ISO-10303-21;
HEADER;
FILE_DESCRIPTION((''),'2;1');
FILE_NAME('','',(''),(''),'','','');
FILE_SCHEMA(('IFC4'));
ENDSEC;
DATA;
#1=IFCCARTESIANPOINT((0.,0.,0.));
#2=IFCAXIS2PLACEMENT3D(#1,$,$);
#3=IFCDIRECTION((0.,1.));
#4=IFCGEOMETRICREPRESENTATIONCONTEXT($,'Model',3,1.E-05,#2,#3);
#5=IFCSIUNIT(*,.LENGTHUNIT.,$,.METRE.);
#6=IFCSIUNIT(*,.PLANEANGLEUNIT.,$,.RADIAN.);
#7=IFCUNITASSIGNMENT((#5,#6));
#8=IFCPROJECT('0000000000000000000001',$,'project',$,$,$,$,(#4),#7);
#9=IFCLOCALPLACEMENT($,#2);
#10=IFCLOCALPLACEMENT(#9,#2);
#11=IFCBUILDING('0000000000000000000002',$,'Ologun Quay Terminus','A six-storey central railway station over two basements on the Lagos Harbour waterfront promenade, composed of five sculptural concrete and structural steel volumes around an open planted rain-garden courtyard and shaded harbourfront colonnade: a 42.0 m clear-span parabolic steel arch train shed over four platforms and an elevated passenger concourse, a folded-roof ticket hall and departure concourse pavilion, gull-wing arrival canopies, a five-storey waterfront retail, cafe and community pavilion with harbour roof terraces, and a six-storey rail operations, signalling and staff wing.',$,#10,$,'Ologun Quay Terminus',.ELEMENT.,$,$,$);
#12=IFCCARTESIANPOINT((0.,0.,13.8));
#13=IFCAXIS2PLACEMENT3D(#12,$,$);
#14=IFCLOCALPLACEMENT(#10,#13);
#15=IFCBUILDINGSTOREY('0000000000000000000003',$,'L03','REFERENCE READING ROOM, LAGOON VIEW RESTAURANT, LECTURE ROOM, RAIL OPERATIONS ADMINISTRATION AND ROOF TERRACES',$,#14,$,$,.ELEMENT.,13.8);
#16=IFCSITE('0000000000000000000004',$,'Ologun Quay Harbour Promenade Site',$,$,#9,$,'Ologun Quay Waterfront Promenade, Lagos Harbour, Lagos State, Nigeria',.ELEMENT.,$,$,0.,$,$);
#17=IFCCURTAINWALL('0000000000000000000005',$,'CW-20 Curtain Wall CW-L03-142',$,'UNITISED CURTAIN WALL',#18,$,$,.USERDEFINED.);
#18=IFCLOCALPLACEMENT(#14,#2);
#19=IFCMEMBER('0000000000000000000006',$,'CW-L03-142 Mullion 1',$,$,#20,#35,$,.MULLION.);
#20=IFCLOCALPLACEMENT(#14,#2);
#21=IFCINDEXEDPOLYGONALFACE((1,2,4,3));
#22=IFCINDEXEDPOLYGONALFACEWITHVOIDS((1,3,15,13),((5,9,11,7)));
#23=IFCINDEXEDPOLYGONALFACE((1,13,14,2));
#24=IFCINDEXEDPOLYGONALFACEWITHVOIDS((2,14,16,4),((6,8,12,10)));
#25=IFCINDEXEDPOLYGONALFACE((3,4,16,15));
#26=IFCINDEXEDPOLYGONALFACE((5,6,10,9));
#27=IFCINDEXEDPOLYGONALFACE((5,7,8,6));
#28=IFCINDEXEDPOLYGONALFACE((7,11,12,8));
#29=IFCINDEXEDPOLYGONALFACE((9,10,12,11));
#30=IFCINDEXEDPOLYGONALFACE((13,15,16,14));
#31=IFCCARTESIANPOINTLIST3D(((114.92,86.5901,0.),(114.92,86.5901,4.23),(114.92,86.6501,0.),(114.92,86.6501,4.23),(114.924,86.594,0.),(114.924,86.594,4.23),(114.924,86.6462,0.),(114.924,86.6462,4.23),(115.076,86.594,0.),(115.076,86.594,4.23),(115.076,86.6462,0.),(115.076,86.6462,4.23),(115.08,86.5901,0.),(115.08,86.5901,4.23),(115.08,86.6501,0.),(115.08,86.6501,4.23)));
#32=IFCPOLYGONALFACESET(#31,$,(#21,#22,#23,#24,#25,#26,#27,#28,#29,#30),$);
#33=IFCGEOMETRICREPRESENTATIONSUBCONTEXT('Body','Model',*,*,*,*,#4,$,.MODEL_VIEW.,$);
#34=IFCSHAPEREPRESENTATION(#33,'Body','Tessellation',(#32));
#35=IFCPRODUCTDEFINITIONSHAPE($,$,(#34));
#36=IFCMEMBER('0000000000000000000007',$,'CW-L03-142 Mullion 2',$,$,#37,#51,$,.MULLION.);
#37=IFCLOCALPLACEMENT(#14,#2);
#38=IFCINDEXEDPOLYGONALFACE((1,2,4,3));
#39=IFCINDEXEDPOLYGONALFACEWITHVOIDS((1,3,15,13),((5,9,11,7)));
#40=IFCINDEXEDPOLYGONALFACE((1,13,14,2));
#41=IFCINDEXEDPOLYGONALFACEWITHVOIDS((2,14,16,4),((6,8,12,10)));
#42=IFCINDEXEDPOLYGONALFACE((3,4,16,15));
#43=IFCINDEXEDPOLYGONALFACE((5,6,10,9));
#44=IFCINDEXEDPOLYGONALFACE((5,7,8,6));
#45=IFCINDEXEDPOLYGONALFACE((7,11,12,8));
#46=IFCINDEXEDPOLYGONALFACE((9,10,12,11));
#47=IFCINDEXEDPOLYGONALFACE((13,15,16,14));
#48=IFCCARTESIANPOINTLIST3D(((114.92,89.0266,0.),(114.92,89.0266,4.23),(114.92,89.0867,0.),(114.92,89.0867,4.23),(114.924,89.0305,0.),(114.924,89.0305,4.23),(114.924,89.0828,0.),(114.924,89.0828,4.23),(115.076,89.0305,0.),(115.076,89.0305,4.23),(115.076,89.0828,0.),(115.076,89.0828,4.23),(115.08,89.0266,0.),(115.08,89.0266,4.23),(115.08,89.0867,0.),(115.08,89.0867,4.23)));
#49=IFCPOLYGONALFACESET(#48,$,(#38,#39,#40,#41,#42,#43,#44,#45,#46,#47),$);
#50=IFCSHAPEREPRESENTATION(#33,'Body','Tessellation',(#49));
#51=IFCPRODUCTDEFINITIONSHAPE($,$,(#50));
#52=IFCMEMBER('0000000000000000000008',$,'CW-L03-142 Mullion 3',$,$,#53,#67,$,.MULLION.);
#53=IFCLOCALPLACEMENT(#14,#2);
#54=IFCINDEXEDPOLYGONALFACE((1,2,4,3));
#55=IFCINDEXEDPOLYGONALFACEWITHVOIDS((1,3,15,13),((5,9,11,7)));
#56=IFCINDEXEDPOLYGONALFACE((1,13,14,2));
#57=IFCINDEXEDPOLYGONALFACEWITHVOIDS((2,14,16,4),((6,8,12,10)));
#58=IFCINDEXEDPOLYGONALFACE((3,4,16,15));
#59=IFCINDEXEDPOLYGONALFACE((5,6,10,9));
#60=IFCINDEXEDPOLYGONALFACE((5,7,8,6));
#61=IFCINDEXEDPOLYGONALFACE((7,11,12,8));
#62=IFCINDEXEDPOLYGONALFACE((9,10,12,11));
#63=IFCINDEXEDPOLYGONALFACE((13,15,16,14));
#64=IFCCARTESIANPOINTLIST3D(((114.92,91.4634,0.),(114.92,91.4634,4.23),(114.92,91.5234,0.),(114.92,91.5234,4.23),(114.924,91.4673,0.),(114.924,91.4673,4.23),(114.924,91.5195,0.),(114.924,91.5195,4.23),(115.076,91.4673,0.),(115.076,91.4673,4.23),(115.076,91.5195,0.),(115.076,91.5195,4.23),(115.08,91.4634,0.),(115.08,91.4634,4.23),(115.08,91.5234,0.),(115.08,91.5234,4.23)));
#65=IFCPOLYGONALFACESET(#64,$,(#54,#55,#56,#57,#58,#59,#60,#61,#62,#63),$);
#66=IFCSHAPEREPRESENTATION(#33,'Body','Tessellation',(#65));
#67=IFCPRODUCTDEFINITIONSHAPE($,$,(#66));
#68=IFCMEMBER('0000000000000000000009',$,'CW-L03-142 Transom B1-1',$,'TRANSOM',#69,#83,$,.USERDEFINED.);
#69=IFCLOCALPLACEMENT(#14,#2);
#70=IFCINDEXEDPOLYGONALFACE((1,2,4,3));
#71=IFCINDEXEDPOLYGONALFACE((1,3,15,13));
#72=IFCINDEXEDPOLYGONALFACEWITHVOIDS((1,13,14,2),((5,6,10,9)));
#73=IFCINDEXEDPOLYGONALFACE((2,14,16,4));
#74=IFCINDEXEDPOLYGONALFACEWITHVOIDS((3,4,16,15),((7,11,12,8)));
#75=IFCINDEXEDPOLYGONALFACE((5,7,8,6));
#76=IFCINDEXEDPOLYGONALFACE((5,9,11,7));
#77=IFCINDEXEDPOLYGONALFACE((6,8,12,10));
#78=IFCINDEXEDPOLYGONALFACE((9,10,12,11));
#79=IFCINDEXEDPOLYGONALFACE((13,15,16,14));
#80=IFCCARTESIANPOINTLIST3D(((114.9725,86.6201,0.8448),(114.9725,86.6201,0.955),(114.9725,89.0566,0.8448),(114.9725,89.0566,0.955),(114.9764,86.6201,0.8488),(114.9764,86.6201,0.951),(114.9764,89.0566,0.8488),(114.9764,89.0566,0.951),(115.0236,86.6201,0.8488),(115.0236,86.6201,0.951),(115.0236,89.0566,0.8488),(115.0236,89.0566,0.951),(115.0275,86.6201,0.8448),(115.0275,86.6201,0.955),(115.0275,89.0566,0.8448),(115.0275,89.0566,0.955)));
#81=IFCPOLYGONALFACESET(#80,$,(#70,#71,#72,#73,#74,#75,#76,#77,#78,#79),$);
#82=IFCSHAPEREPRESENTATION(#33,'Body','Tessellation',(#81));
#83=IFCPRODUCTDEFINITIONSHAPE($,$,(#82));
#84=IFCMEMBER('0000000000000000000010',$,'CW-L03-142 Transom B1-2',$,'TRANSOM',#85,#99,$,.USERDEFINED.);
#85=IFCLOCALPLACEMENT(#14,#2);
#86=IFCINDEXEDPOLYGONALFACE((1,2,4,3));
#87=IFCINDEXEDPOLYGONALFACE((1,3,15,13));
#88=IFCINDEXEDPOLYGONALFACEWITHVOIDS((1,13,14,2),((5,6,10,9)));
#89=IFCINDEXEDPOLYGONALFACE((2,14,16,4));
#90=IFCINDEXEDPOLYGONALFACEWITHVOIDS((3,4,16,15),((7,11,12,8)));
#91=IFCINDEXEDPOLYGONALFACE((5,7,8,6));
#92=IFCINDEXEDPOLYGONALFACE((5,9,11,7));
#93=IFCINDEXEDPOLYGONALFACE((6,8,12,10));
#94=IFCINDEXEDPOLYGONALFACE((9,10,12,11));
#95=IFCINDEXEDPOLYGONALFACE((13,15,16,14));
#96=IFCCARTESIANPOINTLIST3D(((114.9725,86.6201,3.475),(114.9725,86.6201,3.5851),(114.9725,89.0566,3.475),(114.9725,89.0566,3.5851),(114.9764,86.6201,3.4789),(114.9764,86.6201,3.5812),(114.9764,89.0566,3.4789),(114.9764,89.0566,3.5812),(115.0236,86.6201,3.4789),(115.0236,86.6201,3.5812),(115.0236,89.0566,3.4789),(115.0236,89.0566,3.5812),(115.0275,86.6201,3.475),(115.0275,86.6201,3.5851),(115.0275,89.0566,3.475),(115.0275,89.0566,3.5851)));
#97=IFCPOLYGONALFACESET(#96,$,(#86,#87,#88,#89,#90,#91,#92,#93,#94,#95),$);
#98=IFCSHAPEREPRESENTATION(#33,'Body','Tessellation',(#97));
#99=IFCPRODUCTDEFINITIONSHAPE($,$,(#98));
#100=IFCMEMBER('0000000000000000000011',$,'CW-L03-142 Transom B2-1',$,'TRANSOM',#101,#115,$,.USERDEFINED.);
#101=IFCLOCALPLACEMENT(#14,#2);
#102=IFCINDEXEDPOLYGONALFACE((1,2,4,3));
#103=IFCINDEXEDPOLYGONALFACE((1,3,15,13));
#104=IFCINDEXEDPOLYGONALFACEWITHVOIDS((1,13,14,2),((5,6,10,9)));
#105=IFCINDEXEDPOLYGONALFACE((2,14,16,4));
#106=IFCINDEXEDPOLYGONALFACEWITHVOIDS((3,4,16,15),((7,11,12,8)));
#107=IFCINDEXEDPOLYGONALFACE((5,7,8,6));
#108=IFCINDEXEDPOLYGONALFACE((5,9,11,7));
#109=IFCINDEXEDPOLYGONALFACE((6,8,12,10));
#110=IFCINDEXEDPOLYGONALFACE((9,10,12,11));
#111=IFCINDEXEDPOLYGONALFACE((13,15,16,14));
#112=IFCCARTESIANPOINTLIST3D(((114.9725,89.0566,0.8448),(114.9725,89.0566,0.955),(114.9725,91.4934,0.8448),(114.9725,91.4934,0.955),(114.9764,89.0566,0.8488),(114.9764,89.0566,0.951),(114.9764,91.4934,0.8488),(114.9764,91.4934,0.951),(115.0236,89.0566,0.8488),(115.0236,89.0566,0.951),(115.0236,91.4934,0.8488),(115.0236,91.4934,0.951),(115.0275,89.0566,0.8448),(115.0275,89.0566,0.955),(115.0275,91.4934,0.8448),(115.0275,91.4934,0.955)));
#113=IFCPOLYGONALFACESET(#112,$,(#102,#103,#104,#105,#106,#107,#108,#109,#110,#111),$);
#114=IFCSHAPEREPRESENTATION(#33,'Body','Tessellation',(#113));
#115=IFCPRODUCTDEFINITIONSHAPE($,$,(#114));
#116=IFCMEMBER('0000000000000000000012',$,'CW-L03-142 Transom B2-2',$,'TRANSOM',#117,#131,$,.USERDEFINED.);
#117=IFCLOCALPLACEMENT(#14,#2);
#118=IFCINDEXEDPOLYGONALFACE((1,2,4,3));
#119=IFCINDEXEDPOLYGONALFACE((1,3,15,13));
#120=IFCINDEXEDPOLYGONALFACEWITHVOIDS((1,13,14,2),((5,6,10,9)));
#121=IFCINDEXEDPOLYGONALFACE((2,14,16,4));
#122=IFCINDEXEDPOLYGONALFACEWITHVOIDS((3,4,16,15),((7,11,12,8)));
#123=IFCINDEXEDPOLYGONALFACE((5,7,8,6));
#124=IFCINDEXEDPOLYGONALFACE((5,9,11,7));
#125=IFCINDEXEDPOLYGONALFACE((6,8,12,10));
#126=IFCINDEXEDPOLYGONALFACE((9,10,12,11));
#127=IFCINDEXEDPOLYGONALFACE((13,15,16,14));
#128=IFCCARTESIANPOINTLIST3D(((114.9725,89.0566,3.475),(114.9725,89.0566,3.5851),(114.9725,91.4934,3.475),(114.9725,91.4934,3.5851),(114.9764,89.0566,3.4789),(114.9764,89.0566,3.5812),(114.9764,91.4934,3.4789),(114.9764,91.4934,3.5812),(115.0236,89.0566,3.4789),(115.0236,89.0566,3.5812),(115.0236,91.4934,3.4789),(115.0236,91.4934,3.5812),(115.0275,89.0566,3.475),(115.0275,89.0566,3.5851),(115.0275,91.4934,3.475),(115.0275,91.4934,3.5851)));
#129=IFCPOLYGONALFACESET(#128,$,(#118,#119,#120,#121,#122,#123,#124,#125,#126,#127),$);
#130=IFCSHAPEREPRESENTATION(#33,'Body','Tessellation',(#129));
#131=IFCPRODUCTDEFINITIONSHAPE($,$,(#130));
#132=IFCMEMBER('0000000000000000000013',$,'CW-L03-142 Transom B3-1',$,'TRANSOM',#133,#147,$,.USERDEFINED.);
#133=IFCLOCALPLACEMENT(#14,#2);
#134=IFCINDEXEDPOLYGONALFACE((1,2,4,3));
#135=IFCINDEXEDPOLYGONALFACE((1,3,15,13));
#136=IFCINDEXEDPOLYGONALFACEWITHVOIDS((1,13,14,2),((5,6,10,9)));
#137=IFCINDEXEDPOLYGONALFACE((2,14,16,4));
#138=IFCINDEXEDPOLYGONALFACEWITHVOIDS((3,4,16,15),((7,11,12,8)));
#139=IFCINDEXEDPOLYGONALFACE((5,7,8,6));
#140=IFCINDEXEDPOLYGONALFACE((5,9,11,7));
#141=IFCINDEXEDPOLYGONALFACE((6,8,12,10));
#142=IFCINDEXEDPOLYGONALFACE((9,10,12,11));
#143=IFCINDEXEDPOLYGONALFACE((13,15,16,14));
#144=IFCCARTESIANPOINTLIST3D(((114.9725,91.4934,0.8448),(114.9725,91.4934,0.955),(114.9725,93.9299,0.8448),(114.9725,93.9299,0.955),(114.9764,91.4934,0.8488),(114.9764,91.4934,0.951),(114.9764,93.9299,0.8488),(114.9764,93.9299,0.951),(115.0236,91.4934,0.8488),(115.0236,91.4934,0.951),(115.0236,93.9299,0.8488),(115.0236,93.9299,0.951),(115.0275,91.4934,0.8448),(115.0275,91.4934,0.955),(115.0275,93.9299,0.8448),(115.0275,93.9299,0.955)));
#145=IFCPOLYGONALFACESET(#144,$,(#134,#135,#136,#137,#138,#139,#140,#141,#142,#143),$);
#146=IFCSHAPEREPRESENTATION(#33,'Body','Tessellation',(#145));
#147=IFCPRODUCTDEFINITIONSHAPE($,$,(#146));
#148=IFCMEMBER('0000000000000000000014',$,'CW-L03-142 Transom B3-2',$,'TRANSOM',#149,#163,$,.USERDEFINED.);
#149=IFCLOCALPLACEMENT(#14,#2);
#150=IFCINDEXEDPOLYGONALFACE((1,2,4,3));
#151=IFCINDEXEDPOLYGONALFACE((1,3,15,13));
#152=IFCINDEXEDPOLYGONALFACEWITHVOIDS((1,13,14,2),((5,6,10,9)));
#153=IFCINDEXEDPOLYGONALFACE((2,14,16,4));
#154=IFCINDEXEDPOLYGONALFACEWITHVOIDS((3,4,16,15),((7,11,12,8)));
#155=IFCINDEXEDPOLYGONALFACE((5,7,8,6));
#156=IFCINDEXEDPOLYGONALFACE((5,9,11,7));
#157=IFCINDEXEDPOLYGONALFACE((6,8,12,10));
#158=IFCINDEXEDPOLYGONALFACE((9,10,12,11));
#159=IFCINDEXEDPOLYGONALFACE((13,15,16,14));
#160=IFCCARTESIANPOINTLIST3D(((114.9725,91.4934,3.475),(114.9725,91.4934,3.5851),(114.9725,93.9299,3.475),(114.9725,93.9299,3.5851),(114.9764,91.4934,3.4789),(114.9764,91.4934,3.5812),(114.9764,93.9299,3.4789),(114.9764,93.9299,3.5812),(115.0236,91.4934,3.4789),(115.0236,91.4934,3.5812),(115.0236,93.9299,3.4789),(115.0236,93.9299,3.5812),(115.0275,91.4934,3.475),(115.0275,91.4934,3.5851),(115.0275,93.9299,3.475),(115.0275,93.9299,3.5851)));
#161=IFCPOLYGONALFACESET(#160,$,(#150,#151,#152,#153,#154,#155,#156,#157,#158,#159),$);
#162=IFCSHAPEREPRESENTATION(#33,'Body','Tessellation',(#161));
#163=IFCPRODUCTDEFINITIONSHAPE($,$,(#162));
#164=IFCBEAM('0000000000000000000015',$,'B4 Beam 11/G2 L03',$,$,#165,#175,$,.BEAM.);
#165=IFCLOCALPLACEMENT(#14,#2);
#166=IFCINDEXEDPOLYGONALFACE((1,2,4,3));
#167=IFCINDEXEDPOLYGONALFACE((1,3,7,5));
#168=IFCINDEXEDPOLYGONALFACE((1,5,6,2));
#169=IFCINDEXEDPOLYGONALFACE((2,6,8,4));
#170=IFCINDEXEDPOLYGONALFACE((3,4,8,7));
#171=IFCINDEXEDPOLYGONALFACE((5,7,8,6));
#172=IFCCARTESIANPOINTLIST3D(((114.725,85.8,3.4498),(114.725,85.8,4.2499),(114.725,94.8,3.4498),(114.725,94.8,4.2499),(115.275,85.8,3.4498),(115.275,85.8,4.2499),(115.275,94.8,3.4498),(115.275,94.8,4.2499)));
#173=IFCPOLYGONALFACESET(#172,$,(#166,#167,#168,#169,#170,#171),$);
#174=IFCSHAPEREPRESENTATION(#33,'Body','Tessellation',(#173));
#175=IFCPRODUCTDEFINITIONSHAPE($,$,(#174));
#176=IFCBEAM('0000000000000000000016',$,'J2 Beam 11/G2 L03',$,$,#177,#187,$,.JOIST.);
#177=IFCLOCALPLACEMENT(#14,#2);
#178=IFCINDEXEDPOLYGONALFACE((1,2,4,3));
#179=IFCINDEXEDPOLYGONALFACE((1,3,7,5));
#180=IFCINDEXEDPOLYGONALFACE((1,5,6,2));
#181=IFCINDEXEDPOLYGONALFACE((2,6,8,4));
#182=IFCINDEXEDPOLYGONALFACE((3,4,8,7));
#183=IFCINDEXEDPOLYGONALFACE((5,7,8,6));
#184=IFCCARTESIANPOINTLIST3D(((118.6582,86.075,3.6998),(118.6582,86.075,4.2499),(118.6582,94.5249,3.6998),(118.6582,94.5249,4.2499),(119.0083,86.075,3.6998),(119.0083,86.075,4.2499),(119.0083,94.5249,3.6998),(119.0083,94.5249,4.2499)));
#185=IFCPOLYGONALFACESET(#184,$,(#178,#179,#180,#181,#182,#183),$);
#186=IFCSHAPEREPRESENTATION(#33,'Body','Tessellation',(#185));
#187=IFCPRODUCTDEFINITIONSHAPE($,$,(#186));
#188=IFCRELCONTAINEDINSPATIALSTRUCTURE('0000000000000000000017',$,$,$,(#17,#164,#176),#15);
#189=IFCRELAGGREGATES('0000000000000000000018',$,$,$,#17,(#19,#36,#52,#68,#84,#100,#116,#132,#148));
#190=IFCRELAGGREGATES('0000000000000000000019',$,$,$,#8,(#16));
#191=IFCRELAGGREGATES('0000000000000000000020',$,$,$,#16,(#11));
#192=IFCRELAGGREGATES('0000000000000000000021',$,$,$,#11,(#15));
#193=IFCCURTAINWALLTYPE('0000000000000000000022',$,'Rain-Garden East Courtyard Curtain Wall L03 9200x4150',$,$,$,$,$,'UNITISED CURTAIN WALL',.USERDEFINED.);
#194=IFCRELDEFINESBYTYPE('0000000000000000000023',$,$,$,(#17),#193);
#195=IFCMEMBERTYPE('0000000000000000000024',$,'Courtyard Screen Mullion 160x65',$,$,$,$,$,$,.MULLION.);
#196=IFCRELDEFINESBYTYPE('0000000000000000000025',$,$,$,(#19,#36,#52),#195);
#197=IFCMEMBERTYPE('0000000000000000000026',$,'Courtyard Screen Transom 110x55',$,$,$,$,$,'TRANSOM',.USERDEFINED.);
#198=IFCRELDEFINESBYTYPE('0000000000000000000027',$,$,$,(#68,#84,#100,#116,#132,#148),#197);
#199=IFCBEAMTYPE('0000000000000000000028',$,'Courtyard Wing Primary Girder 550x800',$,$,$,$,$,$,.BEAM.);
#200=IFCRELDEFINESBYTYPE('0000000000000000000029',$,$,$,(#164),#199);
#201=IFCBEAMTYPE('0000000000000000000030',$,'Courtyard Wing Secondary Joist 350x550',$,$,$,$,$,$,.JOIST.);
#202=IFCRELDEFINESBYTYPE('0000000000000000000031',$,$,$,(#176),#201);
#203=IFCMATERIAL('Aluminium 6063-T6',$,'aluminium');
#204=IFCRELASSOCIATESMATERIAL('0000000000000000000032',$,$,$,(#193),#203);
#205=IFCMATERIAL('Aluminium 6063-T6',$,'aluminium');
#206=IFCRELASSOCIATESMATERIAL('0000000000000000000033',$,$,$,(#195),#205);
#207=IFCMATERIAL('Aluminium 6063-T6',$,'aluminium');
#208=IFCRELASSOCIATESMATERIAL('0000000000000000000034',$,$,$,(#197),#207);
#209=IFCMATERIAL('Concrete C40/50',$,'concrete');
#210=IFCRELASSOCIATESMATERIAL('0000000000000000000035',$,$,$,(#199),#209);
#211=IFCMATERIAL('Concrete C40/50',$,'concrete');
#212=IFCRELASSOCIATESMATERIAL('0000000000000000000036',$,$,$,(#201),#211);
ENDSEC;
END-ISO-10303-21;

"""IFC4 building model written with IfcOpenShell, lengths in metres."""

from ifc_helpers import new_model, si_unit, direction, frame, origin, origin_2d, place, context, subcontext, project, spatial, rectangle, hollow_rectangle, extrude, material, material_profile, profile_set, type_object, element, aggregate, save


model = new_model("IFC4")

# Units and contexts
model_context = context("Model", 3, precision=1e-05, world=origin(), true_north=direction((0.0, 1.0)))
body_context = subcontext(model_context, "Body", "Model", "MODEL_VIEW")
ifc_project = project(units=[si_unit("LENGTHUNIT", "METRE"), si_unit("PLANEANGLEUNIT", "RADIAN")], contexts=[model_context])

# Site, building, storey
site_placement = place(None, origin())
site = spatial("IfcSite", under=ifc_project, at=site_placement, Name="Ologun Quay Harbour Promenade Site", LongName="Ologun Quay Waterfront Promenade, Lagos Harbour, Lagos State, Nigeria", CompositionType="ELEMENT", RefElevation=0.0)
building_placement = place(site_placement, origin())
building = spatial("IfcBuilding", under=site, at=building_placement, Name="Ologun Quay Terminus", Description="A six-storey central railway station over two basements on the Lagos Harbour waterfront promenade, composed of five sculptural concrete and structural steel volumes around an open planted rain-garden courtyard and shaded harbourfront colonnade: a 42.0 m clear-span parabolic steel arch train shed over four platforms and an elevated passenger concourse, a folded-roof ticket hall and departure concourse pavilion, gull-wing arrival canopies, a five-storey waterfront retail, cafe and community pavilion with harbour roof terraces, and a six-storey rail operations, signalling and staff wing.", LongName="Ologun Quay Terminus", CompositionType="ELEMENT")
storey_placement = place(building_placement, frame((0.0, 0.0, 13.8)))
storey = spatial("IfcBuildingStorey", under=building, at=storey_placement, Name="L03", Description="REFERENCE READING ROOM, LAGOON VIEW RESTAURANT, LECTURE ROOM, RAIL OPERATIONS ADMINISTRATION AND ROOF TERRACES", CompositionType="ELEMENT", Elevation=13.8)

# Curtain wall, members
ifc_material_1 = material(Name="Aluminium 6063-T6", Category="aluminium")
curtain_wall_type = type_object("IfcCurtainWallType", Name="Rain-Garden East Courtyard Curtain Wall L03 9200x4150", ElementType="UNITISED CURTAIN WALL", PredefinedType="USERDEFINED", material=ifc_material_1)
curtain_wall_placement = place(storey_placement, origin())
curtain_wall = element("IfcCurtainWall", 1, at=curtain_wall_placement, inside=storey, type_object=curtain_wall_type, Name="CW-20 Curtain Wall CW-L03-142", ObjectType="UNITISED CURTAIN WALL", PredefinedType="USERDEFINED")
ifc_material_2 = material(Name="Aluminium 6063-T6", Category="aluminium")
ifc_material_profile_1 = material_profile(ifc_material_2, hollow_rectangle(XDim=0.0601, YDim=0.1599, WallThickness=0.0039, at=origin_2d()), Name="ALU 160x60x4")
ifc_profile_set_1 = profile_set([ifc_material_profile_1], Name="Aluminium 6063-T6")
member_type_1 = type_object("IfcMemberType", Name="Courtyard Screen Mullion 160x65", PredefinedType="MULLION", material=ifc_profile_set_1)
member_1_placement = place(storey_placement, frame((115.0, 86.6201, 0.0), z_axis=(0.0, 0.0, 1.0), x_axis=(0.0, 1.0, 0.0)))
member_1 = element("IfcMember", 2, at=member_1_placement, type_object=member_type_1, Name="CW-L03-142 Mullion 1", PredefinedType="MULLION", context=body_context, shape_type="SweptSolid", body=[
    extrude(hollow_rectangle(XDim=0.0601, YDim=0.1599, WallThickness=0.0039, at=origin_2d()), origin(), (0.0, 0.0, 1.0), 4.23),
])
member_2_placement = place(storey_placement, frame((115.0, 89.0566, 0.0), z_axis=(0.0, 0.0, 1.0), x_axis=(0.0, 1.0, 0.0)))
member_2 = element("IfcMember", 3, at=member_2_placement, type_object=member_type_1, Name="CW-L03-142 Mullion 2", PredefinedType="MULLION", context=body_context, shape_type="SweptSolid", body=[
    extrude(hollow_rectangle(XDim=0.0601, YDim=0.1599, WallThickness=0.0039, at=origin_2d()), origin(), (0.0, 0.0, 1.0), 4.23),
])
member_3_placement = place(storey_placement, frame((115.0, 91.4934, 0.0), z_axis=(0.0, 0.0, 1.0), x_axis=(0.0, 1.0, 0.0)))
member_3 = element("IfcMember", 4, at=member_3_placement, type_object=member_type_1, Name="CW-L03-142 Mullion 3", PredefinedType="MULLION", context=body_context, shape_type="SweptSolid", body=[
    extrude(hollow_rectangle(XDim=0.0601, YDim=0.1599, WallThickness=0.0039, at=origin_2d()), origin(), (0.0, 0.0, 1.0), 4.23),
])
ifc_material_3 = material(Name="Aluminium 6063-T6", Category="aluminium")
ifc_material_profile_2 = material_profile(ifc_material_3, hollow_rectangle(XDim=0.0549, YDim=0.1101, WallThickness=0.0039, at=origin_2d()), Name="ALU 110x55x4")
ifc_profile_set_2 = profile_set([ifc_material_profile_2], Name="Aluminium 6063-T6")
member_type_2 = type_object("IfcMemberType", Name="Courtyard Screen Transom 110x55", ElementType="TRANSOM", PredefinedType="USERDEFINED", material=ifc_profile_set_2)
member_4_placement = place(storey_placement, frame((115.0, 86.6201, 0.8999), z_axis=(0.0, 1.0, 0.0), x_axis=(-1.0, 0.0, 0.0)))
member_4 = element("IfcMember", 5, at=member_4_placement, type_object=member_type_2, Name="CW-L03-142 Transom B1-1", ObjectType="TRANSOM", PredefinedType="USERDEFINED", context=body_context, shape_type="SweptSolid", body=[
    extrude(hollow_rectangle(XDim=0.0549, YDim=0.1101, WallThickness=0.0039, at=origin_2d()), origin(), (0.0, 0.0, 1.0), 2.4365),
])
member_5_placement = place(storey_placement, frame((115.0, 86.6201, 3.53), z_axis=(0.0, 1.0, 0.0), x_axis=(-1.0, 0.0, 0.0)))
member_5 = element("IfcMember", 6, at=member_5_placement, type_object=member_type_2, Name="CW-L03-142 Transom B1-2", ObjectType="TRANSOM", PredefinedType="USERDEFINED", context=body_context, shape_type="SweptSolid", body=[
    extrude(hollow_rectangle(XDim=0.0549, YDim=0.1101, WallThickness=0.0039, at=origin_2d()), origin(), (0.0, 0.0, 1.0), 2.4365),
])
member_6_placement = place(storey_placement, frame((115.0, 89.0566, 0.8999), z_axis=(0.0, 1.0, 0.0), x_axis=(-1.0, 0.0, 0.0)))
member_6 = element("IfcMember", 7, at=member_6_placement, type_object=member_type_2, Name="CW-L03-142 Transom B2-1", ObjectType="TRANSOM", PredefinedType="USERDEFINED", context=body_context, shape_type="SweptSolid", body=[
    extrude(hollow_rectangle(XDim=0.0549, YDim=0.1101, WallThickness=0.0039, at=origin_2d()), origin(), (0.0, 0.0, 1.0), 2.4368),
])
member_7_placement = place(storey_placement, frame((115.0, 89.0566, 3.53), z_axis=(0.0, 1.0, 0.0), x_axis=(-1.0, 0.0, 0.0)))
member_7 = element("IfcMember", 8, at=member_7_placement, type_object=member_type_2, Name="CW-L03-142 Transom B2-2", ObjectType="TRANSOM", PredefinedType="USERDEFINED", context=body_context, shape_type="SweptSolid", body=[
    extrude(hollow_rectangle(XDim=0.0549, YDim=0.1101, WallThickness=0.0039, at=origin_2d()), origin(), (0.0, 0.0, 1.0), 2.4368),
])
member_8_placement = place(storey_placement, frame((115.0, 91.4934, 0.8999), z_axis=(0.0, 1.0, 0.0), x_axis=(-1.0, 0.0, 0.0)))
member_8 = element("IfcMember", 9, at=member_8_placement, type_object=member_type_2, Name="CW-L03-142 Transom B3-1", ObjectType="TRANSOM", PredefinedType="USERDEFINED", context=body_context, shape_type="SweptSolid", body=[
    extrude(hollow_rectangle(XDim=0.0549, YDim=0.1101, WallThickness=0.0039, at=origin_2d()), origin(), (0.0, 0.0, 1.0), 2.4365),
])
member_9_placement = place(storey_placement, frame((115.0, 91.4934, 3.53), z_axis=(0.0, 1.0, 0.0), x_axis=(-1.0, 0.0, 0.0)))
member_9 = element("IfcMember", 10, at=member_9_placement, type_object=member_type_2, Name="CW-L03-142 Transom B3-2", ObjectType="TRANSOM", PredefinedType="USERDEFINED", context=body_context, shape_type="SweptSolid", body=[
    extrude(hollow_rectangle(XDim=0.0549, YDim=0.1101, WallThickness=0.0039, at=origin_2d()), origin(), (0.0, 0.0, 1.0), 2.4365),
])

# Beams
ifc_material_4 = material(Name="Concrete C40/50", Category="concrete")
ifc_material_profile_3 = material_profile(ifc_material_4, rectangle(XDim=0.55, YDim=0.8, at=origin_2d()), Name="RC 550x800")
ifc_profile_set_3 = profile_set([ifc_material_profile_3], Name="Concrete C40/50")
beam_type_1 = type_object("IfcBeamType", Name="Courtyard Wing Primary Girder 550x800", PredefinedType="BEAM", material=ifc_profile_set_3)
beam_1_placement = place(storey_placement, frame((115.0, 85.8, 3.8499), z_axis=(0.0, 1.0, 0.0), x_axis=(-1.0, 0.0, 0.0)))
element("IfcBeam", 11, at=beam_1_placement, inside=storey, type_object=beam_type_1, Name="B4 Beam 11/G2 L03", PredefinedType="BEAM", context=body_context, shape_type="SweptSolid", body=[
    extrude(rectangle(XDim=0.55, YDim=0.8, at=origin_2d()), origin(), (0.0, 0.0, 1.0), 9.0),
])
ifc_material_5 = material(Name="Concrete C40/50", Category="concrete")
ifc_material_profile_4 = material_profile(ifc_material_5, rectangle(XDim=0.3501, YDim=0.55, at=origin_2d()), Name="RC 350x550")
ifc_profile_set_4 = profile_set([ifc_material_profile_4], Name="Concrete C40/50")
beam_type_2 = type_object("IfcBeamType", Name="Courtyard Wing Secondary Joist 350x550", PredefinedType="JOIST", material=ifc_profile_set_4)
beam_2_placement = place(storey_placement, frame((118.8333, 86.075, 3.9749), z_axis=(0.0, 1.0, 0.0), x_axis=(-1.0, 0.0, 0.0)))
element("IfcBeam", 12, at=beam_2_placement, inside=storey, type_object=beam_type_2, Name="J2 Beam 11/G2 L03", PredefinedType="JOIST", context=body_context, shape_type="SweptSolid", body=[
    extrude(rectangle(XDim=0.3501, YDim=0.55, at=origin_2d()), origin(), (0.0, 0.0, 1.0), 8.45),
])

aggregate(curtain_wall, [member_1, member_2, member_3, member_4, member_5, member_6, member_7, member_8, member_9])

save(model, "model.ifc")
